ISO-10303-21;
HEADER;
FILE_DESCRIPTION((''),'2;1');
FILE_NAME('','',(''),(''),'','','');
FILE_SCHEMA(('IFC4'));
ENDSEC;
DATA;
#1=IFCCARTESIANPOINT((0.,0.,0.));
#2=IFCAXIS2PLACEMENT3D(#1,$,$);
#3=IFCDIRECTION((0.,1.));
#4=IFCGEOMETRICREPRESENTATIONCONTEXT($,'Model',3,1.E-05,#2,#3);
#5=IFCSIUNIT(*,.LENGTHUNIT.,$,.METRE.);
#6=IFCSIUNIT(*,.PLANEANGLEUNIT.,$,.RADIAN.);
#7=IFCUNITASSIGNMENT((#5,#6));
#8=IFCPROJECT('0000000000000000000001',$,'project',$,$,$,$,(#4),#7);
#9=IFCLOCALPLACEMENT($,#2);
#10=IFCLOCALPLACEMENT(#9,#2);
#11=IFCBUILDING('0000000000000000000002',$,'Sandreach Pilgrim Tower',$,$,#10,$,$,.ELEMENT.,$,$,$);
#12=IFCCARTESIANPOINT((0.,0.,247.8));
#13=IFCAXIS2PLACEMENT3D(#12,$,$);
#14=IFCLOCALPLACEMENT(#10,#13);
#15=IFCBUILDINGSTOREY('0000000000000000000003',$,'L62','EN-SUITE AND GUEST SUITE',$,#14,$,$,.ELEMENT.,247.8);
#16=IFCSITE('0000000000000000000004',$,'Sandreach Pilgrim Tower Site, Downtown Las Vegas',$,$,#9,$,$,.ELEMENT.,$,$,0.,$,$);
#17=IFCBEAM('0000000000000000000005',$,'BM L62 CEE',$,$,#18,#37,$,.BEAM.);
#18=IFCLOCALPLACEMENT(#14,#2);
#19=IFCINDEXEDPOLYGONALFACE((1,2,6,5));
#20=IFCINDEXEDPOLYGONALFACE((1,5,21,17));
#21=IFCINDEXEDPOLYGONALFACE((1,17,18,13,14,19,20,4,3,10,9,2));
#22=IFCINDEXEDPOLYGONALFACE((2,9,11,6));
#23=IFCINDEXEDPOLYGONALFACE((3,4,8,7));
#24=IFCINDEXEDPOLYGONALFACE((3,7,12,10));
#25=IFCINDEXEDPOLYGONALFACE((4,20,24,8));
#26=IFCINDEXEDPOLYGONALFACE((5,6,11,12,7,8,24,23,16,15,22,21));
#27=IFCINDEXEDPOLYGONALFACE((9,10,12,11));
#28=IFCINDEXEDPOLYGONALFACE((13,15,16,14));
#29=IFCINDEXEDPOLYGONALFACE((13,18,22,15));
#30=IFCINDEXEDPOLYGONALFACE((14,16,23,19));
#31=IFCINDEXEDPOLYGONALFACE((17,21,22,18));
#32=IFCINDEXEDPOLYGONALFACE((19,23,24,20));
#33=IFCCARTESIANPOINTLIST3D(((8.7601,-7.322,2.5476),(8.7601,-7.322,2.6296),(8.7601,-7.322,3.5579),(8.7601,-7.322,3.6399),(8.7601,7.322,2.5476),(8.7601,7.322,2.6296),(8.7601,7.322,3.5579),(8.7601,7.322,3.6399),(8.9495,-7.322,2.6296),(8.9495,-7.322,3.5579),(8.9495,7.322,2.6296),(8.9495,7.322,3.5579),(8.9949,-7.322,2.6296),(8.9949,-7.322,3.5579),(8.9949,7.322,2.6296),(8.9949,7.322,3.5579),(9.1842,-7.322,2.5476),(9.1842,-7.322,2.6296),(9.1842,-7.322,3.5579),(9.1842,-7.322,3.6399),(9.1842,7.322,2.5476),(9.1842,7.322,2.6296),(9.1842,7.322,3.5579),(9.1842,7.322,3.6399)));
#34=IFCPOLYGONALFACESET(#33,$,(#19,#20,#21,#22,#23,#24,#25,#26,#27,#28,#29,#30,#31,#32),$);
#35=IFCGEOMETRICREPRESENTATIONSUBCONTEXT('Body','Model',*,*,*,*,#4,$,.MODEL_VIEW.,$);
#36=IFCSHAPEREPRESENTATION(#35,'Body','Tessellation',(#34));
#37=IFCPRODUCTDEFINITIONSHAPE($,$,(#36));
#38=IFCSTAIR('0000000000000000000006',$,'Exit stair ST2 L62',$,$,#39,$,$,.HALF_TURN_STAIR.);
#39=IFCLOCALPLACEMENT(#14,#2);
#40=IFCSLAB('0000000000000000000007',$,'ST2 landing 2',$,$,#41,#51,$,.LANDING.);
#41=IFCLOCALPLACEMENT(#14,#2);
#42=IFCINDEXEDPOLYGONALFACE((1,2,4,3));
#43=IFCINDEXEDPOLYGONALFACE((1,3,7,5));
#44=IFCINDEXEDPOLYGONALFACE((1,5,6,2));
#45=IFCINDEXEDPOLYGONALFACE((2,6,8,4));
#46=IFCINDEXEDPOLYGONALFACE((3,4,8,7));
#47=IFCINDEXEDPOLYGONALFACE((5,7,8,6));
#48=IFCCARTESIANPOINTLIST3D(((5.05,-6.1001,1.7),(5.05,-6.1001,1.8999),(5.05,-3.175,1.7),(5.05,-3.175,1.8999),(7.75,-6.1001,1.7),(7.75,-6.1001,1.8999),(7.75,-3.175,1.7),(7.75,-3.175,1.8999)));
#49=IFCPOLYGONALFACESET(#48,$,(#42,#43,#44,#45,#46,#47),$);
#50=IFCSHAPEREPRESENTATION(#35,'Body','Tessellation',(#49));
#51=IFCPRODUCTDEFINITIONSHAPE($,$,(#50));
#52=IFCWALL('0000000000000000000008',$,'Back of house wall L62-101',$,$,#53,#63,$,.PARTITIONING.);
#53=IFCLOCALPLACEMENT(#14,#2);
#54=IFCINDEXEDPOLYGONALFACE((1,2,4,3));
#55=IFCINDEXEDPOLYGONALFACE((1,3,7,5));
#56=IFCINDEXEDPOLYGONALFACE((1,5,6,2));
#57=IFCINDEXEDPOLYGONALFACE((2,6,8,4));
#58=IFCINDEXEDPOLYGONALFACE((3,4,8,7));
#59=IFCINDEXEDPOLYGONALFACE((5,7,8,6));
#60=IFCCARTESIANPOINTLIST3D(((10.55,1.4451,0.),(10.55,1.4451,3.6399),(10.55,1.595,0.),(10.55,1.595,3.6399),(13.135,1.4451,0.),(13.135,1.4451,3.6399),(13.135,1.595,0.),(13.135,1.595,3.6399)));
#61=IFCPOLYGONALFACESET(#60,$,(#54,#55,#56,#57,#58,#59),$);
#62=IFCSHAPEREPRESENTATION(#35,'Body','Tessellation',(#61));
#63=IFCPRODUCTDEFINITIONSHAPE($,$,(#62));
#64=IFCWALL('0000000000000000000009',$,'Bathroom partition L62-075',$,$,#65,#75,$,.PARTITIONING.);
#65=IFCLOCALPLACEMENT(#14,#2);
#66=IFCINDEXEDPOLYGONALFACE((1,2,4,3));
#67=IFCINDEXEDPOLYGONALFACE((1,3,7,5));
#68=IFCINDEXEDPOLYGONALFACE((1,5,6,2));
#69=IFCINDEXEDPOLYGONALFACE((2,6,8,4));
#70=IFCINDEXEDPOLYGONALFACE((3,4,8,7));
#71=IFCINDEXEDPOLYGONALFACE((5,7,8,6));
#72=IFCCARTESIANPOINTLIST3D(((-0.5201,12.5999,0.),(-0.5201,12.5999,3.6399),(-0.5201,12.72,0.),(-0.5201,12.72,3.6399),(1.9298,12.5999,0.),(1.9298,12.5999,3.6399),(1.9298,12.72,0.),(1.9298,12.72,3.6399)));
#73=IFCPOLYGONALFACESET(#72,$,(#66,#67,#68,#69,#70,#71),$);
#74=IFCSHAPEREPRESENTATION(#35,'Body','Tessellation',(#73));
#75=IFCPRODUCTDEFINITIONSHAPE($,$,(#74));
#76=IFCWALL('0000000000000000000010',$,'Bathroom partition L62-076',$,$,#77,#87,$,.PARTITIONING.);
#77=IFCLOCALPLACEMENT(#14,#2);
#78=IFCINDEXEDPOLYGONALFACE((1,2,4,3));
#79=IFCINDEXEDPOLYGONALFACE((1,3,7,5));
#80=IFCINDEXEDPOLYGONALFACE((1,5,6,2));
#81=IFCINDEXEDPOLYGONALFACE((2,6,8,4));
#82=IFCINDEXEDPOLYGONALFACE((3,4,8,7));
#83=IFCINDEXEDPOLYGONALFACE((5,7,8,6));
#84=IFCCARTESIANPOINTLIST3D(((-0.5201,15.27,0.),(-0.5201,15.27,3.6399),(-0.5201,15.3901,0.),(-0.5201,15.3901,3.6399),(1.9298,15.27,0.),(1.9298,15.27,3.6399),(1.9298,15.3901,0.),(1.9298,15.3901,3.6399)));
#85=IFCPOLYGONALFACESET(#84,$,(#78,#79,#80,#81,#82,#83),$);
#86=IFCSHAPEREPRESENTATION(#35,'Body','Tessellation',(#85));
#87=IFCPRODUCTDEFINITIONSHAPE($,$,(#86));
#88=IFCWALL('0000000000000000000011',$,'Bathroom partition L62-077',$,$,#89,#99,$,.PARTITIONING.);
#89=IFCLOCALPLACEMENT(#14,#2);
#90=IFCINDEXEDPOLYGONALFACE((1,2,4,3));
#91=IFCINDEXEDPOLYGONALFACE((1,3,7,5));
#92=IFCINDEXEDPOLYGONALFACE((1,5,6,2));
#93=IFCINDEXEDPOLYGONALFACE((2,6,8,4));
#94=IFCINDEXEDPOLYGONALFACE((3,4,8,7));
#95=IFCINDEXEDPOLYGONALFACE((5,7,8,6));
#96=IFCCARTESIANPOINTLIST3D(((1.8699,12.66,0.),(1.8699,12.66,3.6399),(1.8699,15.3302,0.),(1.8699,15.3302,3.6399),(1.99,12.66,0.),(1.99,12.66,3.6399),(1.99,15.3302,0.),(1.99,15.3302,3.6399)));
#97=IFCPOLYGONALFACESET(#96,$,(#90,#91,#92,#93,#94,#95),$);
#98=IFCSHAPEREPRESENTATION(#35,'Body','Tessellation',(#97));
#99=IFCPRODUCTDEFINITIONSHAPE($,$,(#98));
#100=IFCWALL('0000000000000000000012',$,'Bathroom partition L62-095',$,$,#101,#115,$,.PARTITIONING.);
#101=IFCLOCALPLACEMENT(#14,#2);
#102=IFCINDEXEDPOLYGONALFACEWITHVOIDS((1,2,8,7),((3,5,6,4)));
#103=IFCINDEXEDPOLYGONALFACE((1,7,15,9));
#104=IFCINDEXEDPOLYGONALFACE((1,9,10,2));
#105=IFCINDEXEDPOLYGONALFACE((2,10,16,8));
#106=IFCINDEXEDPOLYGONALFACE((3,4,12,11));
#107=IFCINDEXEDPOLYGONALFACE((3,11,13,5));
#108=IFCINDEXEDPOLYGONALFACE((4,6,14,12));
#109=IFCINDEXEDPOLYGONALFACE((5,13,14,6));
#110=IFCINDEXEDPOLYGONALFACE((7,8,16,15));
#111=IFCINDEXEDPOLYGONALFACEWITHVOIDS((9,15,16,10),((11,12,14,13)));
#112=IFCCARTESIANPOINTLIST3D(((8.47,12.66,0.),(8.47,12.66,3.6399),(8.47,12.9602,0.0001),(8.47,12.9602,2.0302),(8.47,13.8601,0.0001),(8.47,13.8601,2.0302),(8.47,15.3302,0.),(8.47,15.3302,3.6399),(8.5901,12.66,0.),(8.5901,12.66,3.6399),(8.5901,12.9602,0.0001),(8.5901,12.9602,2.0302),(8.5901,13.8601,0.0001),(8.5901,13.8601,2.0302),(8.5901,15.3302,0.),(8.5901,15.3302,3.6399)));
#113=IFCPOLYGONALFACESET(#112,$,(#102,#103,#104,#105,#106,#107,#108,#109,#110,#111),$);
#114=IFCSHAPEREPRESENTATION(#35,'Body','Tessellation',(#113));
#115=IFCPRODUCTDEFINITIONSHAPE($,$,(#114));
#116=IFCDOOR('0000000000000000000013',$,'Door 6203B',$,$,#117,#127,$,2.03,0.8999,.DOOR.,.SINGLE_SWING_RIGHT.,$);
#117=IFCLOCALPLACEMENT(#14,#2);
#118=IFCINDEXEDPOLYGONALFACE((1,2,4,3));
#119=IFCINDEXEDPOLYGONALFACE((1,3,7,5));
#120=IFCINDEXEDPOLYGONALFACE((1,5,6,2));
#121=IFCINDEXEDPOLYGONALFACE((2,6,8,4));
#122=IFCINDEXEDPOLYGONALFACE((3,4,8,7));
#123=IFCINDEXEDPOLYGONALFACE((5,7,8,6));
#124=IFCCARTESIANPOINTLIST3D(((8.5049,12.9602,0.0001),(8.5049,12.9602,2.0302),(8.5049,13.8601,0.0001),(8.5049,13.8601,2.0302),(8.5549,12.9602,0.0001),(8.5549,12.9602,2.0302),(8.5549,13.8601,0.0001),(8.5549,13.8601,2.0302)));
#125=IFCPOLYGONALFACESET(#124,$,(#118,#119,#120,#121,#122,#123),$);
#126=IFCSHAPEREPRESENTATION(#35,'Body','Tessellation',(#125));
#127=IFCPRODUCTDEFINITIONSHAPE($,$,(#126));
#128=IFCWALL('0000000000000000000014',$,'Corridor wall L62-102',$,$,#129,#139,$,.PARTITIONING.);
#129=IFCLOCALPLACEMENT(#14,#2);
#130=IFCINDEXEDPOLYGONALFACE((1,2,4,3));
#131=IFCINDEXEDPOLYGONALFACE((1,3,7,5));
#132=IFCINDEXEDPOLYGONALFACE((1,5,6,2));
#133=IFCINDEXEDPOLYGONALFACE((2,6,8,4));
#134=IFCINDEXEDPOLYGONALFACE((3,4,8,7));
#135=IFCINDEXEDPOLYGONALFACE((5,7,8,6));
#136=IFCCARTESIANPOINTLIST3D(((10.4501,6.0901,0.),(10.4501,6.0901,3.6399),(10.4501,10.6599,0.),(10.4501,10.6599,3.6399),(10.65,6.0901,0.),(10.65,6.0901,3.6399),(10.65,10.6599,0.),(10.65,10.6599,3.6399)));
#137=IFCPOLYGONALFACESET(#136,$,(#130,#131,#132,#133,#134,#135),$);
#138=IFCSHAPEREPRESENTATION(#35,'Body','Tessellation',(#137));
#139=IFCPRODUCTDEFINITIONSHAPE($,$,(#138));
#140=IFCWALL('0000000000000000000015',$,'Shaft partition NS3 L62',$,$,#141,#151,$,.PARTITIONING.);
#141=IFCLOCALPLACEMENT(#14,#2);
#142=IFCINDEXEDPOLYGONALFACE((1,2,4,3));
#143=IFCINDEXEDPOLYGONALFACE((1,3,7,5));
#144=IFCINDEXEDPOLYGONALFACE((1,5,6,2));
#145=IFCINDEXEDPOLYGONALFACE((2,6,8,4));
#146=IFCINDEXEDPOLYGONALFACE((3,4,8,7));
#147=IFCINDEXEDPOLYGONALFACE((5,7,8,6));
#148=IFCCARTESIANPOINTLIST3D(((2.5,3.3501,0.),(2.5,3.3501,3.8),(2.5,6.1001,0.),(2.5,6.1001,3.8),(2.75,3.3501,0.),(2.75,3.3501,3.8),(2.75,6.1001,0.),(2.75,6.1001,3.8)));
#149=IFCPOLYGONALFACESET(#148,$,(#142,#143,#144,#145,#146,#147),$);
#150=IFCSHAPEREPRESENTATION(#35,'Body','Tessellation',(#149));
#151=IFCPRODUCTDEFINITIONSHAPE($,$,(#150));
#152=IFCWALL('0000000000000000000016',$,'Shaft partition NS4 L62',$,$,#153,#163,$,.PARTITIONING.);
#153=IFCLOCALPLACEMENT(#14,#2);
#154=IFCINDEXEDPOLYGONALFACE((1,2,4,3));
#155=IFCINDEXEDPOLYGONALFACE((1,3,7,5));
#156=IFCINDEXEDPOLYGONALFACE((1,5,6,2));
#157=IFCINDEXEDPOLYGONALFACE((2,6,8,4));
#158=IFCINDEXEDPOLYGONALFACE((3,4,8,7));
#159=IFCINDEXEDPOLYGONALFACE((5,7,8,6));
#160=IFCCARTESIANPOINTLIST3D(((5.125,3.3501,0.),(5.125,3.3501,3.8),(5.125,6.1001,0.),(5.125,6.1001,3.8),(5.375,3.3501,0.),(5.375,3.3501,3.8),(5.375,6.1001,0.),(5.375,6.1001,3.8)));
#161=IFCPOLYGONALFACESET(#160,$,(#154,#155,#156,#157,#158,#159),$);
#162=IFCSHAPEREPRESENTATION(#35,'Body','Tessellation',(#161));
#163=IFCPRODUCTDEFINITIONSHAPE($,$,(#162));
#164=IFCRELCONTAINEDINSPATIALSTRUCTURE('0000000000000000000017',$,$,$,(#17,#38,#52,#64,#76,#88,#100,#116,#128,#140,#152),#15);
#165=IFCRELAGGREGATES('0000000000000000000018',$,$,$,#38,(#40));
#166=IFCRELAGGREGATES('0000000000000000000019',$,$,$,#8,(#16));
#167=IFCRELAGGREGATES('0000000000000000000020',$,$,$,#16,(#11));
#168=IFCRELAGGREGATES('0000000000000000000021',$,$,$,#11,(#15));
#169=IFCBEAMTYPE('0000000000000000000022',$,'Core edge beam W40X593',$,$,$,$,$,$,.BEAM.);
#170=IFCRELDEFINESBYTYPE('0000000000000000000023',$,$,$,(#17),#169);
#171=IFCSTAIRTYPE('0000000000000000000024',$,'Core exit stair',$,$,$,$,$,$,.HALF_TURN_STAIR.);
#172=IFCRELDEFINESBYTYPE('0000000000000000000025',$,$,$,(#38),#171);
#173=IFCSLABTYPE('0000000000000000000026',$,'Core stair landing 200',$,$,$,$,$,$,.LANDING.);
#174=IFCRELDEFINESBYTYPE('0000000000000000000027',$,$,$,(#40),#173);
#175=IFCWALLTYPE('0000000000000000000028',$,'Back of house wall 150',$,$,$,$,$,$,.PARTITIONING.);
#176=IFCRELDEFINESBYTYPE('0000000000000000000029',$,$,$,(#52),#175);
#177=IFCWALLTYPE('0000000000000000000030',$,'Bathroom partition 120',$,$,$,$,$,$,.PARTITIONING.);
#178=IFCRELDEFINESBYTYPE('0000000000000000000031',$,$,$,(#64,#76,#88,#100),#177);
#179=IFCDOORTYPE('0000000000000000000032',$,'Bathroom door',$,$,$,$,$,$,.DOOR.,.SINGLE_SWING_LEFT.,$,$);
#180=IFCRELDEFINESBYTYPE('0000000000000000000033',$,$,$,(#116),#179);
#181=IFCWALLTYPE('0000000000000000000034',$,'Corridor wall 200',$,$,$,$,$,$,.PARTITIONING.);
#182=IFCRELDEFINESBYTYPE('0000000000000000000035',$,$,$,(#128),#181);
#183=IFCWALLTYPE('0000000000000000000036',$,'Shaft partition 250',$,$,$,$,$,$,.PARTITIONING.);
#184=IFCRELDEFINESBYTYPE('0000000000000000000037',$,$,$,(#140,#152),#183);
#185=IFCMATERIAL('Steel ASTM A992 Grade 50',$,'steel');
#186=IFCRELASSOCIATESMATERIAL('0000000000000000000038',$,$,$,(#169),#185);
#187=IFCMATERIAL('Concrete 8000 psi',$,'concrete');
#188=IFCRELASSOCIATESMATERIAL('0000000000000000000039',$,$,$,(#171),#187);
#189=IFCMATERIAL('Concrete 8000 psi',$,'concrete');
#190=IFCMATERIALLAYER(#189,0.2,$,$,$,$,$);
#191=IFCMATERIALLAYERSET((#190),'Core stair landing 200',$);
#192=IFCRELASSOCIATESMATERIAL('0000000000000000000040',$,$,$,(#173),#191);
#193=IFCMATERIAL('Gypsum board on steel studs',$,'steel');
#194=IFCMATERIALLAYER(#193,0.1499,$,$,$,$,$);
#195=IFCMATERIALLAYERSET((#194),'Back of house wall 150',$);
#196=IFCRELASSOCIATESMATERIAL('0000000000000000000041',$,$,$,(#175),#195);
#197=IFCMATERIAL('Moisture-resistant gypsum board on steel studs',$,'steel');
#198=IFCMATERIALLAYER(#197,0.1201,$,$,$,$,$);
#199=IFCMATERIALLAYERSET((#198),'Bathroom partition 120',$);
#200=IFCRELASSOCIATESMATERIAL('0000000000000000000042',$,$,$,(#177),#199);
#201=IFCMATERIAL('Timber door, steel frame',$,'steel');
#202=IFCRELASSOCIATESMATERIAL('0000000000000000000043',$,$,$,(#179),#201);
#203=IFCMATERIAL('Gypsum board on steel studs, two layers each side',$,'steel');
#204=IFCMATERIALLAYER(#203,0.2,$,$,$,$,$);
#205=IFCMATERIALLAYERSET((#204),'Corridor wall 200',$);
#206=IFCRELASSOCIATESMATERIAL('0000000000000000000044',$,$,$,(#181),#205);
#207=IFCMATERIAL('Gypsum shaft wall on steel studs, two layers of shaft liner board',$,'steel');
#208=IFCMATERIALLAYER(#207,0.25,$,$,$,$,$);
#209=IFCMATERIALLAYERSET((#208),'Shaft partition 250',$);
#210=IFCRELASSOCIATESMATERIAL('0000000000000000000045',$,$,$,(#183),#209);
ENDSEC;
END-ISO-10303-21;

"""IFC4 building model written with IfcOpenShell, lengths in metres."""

from ifc_helpers import new_model, si_unit, direction, frame, frame_2d, origin, origin_2d, place, context, subcontext, project, spatial, polyline, rectangle, i_section, outline, extrude, material, layer, layer_set, material_profile, profile_set, type_object, element, fill, aggregate, save


model = new_model("IFC4")

# Units and contexts
model_context = context("Model", 3, precision=1e-05, world=origin(), true_north=direction((0.0, 1.0)))
body_context = subcontext(model_context, "Body", "Model", "MODEL_VIEW")
ifc_project = project(units=[si_unit("LENGTHUNIT", "METRE"), si_unit("PLANEANGLEUNIT", "RADIAN")], contexts=[model_context])

# Site, building, storey
site_placement = place(None, origin())
site = spatial("IfcSite", under=ifc_project, at=site_placement, Name="Sandreach Pilgrim Tower Site, Downtown Las Vegas", CompositionType="ELEMENT", RefElevation=0.0)
building_placement = place(site_placement, origin())
building = spatial("IfcBuilding", under=site, at=building_placement, Name="Sandreach Pilgrim Tower", CompositionType="ELEMENT")
storey_placement = place(building_placement, frame((0.0, 0.0, 247.8)))
storey = spatial("IfcBuildingStorey", under=building, at=storey_placement, Name="L62", Description="EN-SUITE AND GUEST SUITE", CompositionType="ELEMENT", Elevation=247.8)

# Beam
ifc_material_1 = material(Name="Steel ASTM A992 Grade 50", Category="steel")
ifc_material_profile = material_profile(ifc_material_1, i_section(OverallWidth=0.4241, OverallDepth=1.0923, WebThickness=0.0454, FlangeThickness=0.082, at=origin_2d()), Name="W40X593")
ifc_profile_set = profile_set([ifc_material_profile], Name="Steel ASTM A992 Grade 50")
beam_type = type_object("IfcBeamType", Name="Core edge beam W40X593", PredefinedType="BEAM", material=ifc_profile_set)
beam_placement = place(storey_placement, frame((8.9722, 7.322, 3.0938), z_axis=(0.0, -1.0, 0.0), x_axis=(1.0, 0.0, 0.0)))
element("IfcBeam", 1, at=beam_placement, inside=storey, type_object=beam_type, Name="BM L62 CEE", PredefinedType="BEAM", context=body_context, shape_type="SweptSolid", body=[
    extrude(i_section(OverallWidth=0.4241, OverallDepth=1.0923, WebThickness=0.0454, FlangeThickness=0.082, at=origin_2d()), origin(), (0.0, 0.0, 1.0), 14.644),
])

# Stair, slab
ifc_material_2 = material(Name="Concrete 8000 psi", Category="concrete")
stair_type = type_object("IfcStairType", Name="Core exit stair", PredefinedType="HALF_TURN_STAIR", material=ifc_material_2)
stair_placement = place(storey_placement, origin())
stair = element("IfcStair", 2, at=stair_placement, inside=storey, type_object=stair_type, Name="Exit stair ST2 L62", PredefinedType="HALF_TURN_STAIR")
ifc_material_3 = material(Name="Concrete 8000 psi", Category="concrete")
ifc_layer_1 = layer(ifc_material_3, 0.2)
ifc_layer_set_1 = layer_set([ifc_layer_1], Name="Core stair landing 200")
slab_type = type_object("IfcSlabType", Name="Core stair landing 200", PredefinedType="LANDING", material=ifc_layer_set_1)
slab_placement = place(storey_placement, frame((0.0, 0.0, 1.7)))
slab = element("IfcSlab", 3, at=slab_placement, type_object=slab_type, Name="ST2 landing 2", PredefinedType="LANDING", context=body_context, shape_type="SweptSolid", body=[
    extrude(outline(polyline([(5.05, -6.1001), (7.75, -6.1001), (7.75, -3.175), (5.05, -3.175), (5.05, -6.1001)])), origin(), (0.0, 0.0, 1.0), 0.2),
])
aggregate(stair, [slab])

# Walls
ifc_material_4 = material(Name="Gypsum board on steel studs", Category="steel")
ifc_layer_2 = layer(ifc_material_4, 0.1499)
ifc_layer_set_2 = layer_set([ifc_layer_2], Name="Back of house wall 150")
wall_type_1 = type_object("IfcWallType", Name="Back of house wall 150", PredefinedType="PARTITIONING", material=ifc_layer_set_2)
wall_1_placement = place(storey_placement, frame((10.55, 1.52, 0.0), z_axis=(0.0, 0.0, 1.0), x_axis=(1.0, 0.0, 0.0)))
element("IfcWall", 4, at=wall_1_placement, inside=storey, type_object=wall_type_1, Name="Back of house wall L62-101", PredefinedType="PARTITIONING", context=body_context, shape_type="SweptSolid", body=[
    extrude(rectangle(XDim=2.585, YDim=0.1499, at=frame_2d((1.2925, 0.0))), origin(), (0.0, 0.0, 1.0), 3.6399),
])
ifc_material_5 = material(Name="Moisture-resistant gypsum board on steel studs", Category="steel")
ifc_layer_3 = layer(ifc_material_5, 0.1201)
ifc_layer_set_3 = layer_set([ifc_layer_3], Name="Bathroom partition 120")
wall_type_2 = type_object("IfcWallType", Name="Bathroom partition 120", PredefinedType="PARTITIONING", material=ifc_layer_set_3)
for number, where, z_axis, x_axis, name in (
    (5, (1.9299, 12.6599, 0.0), (0.0, 0.0, 1.0), (-1.0, 0.0, 0.0), "Bathroom partition L62-075"),
    (6, (1.9299, 15.3301, 0.0), (0.0, 0.0, 1.0), (-1.0, 0.0, 0.0), "Bathroom partition L62-076"),
):
    element("IfcWall", number, at=place(storey_placement, frame(where, z_axis=z_axis, x_axis=x_axis)), inside=storey, type_object=wall_type_2, Name=name, PredefinedType="PARTITIONING", context=body_context, shape_type="SweptSolid", body=[
        extrude(rectangle(XDim=2.45, YDim=0.1201, at=frame_2d((1.2251, 0.0))), origin(), (0.0, 0.0, 1.0), 3.6399),
    ])
wall_2_placement = place(storey_placement, frame((1.9299, 15.3301, 0.0), z_axis=(0.0, 0.0, 1.0), x_axis=(0.0, -1.0, 0.0)))
element("IfcWall", 7, at=wall_2_placement, inside=storey, type_object=wall_type_2, Name="Bathroom partition L62-077", PredefinedType="PARTITIONING", context=body_context, shape_type="SweptSolid", body=[
    extrude(rectangle(XDim=2.6702, YDim=0.1201, at=frame_2d((1.335, 0.0))), origin(), (0.0, 0.0, 1.0), 3.6399),
])

# Wall, opening, door
wall_3_placement = place(storey_placement, frame((8.53, 15.3301, 0.0), z_axis=(0.0, 0.0, 1.0), x_axis=(0.0, -1.0, 0.0)))
wall_3 = element("IfcWall", 8, at=wall_3_placement, inside=storey, type_object=wall_type_2, Name="Bathroom partition L62-095", PredefinedType="PARTITIONING", context=body_context, shape_type="SweptSolid", body=[
    extrude(rectangle(XDim=2.6702, YDim=0.1201, at=frame_2d((1.335, 0.0))), origin(), (0.0, 0.0, 1.0), 3.6399),
])
opening_1_placement = place(wall_3_placement, frame((1.47, 0.0, 0.0)))
opening_1 = element("IfcOpeningElement", 9, at=opening_1_placement, cuts=wall_3, PredefinedType="OPENING", context=body_context, shape_type="SweptSolid", body=[
    extrude(rectangle(XDim=0.8999, YDim=2.03, at=frame_2d((0.45, 1.0151))), frame((0.0, 0.0601, 0.0), z_axis=(0.0, -1.0, 0.0), x_axis=(1.0, 0.0, 0.0)), (0.0, 0.0, 1.0), 0.1201),
])
ifc_material_6 = material(Name="Timber door, steel frame", Category="steel")
door_type_1 = type_object("IfcDoorType", Name="Bathroom door", OperationType="SINGLE_SWING_LEFT", PredefinedType="DOOR", material=ifc_material_6)
door_1_placement = place(opening_1_placement, origin())
door_1 = element("IfcDoor", 10, at=door_1_placement, inside=storey, type_object=door_type_1, Name="Door 6203B", OperationType="SINGLE_SWING_RIGHT", OverallHeight=2.03, OverallWidth=0.8999, PredefinedType="DOOR", context=body_context, shape_type="SweptSolid", body=[
    extrude(rectangle(XDim=0.8999, YDim=2.03, at=frame_2d((0.45, 1.0151))), frame((0.0, 0.0249, 0.0), z_axis=(0.0, -1.0, 0.0), x_axis=(1.0, 0.0, 0.0)), (0.0, 0.0, 1.0), 0.05),
])
fill(opening_1, door_1)
ifc_material_7 = material(Name="Gypsum board on steel studs, two layers each side", Category="steel")
ifc_layer_4 = layer(ifc_material_7, 0.2)
ifc_layer_set_4 = layer_set([ifc_layer_4], Name="Corridor wall 200")
wall_type_3 = type_object("IfcWallType", Name="Corridor wall 200", PredefinedType="PARTITIONING", material=ifc_layer_set_4)

# Walls
wall_4_placement = place(storey_placement, frame((10.55, 6.0901, 0.0), z_axis=(0.0, 0.0, 1.0), x_axis=(0.0, 1.0, 0.0)))
element("IfcWall", 11, at=wall_4_placement, inside=storey, type_object=wall_type_3, Name="Corridor wall L62-102", PredefinedType="PARTITIONING", context=body_context, shape_type="SweptSolid", body=[
    extrude(rectangle(XDim=4.5698, YDim=0.2, at=frame_2d((2.2849, 0.0))), origin(), (0.0, 0.0, 1.0), 3.6399),
])
ifc_material_8 = material(Name="Gypsum shaft wall on steel studs, two layers of shaft liner board", Category="steel")
ifc_layer_5 = layer(ifc_material_8, 0.25)
ifc_layer_set_5 = layer_set([ifc_layer_5], Name="Shaft partition 250")
wall_type_4 = type_object("IfcWallType", Name="Shaft partition 250", PredefinedType="PARTITIONING", material=ifc_layer_set_5)
for number, where, z_axis, x_axis, name in (
    (12, (2.625, 3.3501, 0.0), (0.0, 0.0, 1.0), (0.0, 1.0, 0.0), "Shaft partition NS3 L62"),
    (13, (5.25, 3.3501, 0.0), (0.0, 0.0, 1.0), (0.0, 1.0, 0.0), "Shaft partition NS4 L62"),
):
    element("IfcWall", number, at=place(storey_placement, frame(where, z_axis=z_axis, x_axis=x_axis)), inside=storey, type_object=wall_type_4, Name=name, PredefinedType="PARTITIONING", context=body_context, shape_type="SweptSolid", body=[
        extrude(rectangle(XDim=2.75, YDim=0.25, at=frame_2d((1.375, 0.0))), origin(), (0.0, 0.0, 1.0), 3.8),
    ])

save(model, "model.ifc")
